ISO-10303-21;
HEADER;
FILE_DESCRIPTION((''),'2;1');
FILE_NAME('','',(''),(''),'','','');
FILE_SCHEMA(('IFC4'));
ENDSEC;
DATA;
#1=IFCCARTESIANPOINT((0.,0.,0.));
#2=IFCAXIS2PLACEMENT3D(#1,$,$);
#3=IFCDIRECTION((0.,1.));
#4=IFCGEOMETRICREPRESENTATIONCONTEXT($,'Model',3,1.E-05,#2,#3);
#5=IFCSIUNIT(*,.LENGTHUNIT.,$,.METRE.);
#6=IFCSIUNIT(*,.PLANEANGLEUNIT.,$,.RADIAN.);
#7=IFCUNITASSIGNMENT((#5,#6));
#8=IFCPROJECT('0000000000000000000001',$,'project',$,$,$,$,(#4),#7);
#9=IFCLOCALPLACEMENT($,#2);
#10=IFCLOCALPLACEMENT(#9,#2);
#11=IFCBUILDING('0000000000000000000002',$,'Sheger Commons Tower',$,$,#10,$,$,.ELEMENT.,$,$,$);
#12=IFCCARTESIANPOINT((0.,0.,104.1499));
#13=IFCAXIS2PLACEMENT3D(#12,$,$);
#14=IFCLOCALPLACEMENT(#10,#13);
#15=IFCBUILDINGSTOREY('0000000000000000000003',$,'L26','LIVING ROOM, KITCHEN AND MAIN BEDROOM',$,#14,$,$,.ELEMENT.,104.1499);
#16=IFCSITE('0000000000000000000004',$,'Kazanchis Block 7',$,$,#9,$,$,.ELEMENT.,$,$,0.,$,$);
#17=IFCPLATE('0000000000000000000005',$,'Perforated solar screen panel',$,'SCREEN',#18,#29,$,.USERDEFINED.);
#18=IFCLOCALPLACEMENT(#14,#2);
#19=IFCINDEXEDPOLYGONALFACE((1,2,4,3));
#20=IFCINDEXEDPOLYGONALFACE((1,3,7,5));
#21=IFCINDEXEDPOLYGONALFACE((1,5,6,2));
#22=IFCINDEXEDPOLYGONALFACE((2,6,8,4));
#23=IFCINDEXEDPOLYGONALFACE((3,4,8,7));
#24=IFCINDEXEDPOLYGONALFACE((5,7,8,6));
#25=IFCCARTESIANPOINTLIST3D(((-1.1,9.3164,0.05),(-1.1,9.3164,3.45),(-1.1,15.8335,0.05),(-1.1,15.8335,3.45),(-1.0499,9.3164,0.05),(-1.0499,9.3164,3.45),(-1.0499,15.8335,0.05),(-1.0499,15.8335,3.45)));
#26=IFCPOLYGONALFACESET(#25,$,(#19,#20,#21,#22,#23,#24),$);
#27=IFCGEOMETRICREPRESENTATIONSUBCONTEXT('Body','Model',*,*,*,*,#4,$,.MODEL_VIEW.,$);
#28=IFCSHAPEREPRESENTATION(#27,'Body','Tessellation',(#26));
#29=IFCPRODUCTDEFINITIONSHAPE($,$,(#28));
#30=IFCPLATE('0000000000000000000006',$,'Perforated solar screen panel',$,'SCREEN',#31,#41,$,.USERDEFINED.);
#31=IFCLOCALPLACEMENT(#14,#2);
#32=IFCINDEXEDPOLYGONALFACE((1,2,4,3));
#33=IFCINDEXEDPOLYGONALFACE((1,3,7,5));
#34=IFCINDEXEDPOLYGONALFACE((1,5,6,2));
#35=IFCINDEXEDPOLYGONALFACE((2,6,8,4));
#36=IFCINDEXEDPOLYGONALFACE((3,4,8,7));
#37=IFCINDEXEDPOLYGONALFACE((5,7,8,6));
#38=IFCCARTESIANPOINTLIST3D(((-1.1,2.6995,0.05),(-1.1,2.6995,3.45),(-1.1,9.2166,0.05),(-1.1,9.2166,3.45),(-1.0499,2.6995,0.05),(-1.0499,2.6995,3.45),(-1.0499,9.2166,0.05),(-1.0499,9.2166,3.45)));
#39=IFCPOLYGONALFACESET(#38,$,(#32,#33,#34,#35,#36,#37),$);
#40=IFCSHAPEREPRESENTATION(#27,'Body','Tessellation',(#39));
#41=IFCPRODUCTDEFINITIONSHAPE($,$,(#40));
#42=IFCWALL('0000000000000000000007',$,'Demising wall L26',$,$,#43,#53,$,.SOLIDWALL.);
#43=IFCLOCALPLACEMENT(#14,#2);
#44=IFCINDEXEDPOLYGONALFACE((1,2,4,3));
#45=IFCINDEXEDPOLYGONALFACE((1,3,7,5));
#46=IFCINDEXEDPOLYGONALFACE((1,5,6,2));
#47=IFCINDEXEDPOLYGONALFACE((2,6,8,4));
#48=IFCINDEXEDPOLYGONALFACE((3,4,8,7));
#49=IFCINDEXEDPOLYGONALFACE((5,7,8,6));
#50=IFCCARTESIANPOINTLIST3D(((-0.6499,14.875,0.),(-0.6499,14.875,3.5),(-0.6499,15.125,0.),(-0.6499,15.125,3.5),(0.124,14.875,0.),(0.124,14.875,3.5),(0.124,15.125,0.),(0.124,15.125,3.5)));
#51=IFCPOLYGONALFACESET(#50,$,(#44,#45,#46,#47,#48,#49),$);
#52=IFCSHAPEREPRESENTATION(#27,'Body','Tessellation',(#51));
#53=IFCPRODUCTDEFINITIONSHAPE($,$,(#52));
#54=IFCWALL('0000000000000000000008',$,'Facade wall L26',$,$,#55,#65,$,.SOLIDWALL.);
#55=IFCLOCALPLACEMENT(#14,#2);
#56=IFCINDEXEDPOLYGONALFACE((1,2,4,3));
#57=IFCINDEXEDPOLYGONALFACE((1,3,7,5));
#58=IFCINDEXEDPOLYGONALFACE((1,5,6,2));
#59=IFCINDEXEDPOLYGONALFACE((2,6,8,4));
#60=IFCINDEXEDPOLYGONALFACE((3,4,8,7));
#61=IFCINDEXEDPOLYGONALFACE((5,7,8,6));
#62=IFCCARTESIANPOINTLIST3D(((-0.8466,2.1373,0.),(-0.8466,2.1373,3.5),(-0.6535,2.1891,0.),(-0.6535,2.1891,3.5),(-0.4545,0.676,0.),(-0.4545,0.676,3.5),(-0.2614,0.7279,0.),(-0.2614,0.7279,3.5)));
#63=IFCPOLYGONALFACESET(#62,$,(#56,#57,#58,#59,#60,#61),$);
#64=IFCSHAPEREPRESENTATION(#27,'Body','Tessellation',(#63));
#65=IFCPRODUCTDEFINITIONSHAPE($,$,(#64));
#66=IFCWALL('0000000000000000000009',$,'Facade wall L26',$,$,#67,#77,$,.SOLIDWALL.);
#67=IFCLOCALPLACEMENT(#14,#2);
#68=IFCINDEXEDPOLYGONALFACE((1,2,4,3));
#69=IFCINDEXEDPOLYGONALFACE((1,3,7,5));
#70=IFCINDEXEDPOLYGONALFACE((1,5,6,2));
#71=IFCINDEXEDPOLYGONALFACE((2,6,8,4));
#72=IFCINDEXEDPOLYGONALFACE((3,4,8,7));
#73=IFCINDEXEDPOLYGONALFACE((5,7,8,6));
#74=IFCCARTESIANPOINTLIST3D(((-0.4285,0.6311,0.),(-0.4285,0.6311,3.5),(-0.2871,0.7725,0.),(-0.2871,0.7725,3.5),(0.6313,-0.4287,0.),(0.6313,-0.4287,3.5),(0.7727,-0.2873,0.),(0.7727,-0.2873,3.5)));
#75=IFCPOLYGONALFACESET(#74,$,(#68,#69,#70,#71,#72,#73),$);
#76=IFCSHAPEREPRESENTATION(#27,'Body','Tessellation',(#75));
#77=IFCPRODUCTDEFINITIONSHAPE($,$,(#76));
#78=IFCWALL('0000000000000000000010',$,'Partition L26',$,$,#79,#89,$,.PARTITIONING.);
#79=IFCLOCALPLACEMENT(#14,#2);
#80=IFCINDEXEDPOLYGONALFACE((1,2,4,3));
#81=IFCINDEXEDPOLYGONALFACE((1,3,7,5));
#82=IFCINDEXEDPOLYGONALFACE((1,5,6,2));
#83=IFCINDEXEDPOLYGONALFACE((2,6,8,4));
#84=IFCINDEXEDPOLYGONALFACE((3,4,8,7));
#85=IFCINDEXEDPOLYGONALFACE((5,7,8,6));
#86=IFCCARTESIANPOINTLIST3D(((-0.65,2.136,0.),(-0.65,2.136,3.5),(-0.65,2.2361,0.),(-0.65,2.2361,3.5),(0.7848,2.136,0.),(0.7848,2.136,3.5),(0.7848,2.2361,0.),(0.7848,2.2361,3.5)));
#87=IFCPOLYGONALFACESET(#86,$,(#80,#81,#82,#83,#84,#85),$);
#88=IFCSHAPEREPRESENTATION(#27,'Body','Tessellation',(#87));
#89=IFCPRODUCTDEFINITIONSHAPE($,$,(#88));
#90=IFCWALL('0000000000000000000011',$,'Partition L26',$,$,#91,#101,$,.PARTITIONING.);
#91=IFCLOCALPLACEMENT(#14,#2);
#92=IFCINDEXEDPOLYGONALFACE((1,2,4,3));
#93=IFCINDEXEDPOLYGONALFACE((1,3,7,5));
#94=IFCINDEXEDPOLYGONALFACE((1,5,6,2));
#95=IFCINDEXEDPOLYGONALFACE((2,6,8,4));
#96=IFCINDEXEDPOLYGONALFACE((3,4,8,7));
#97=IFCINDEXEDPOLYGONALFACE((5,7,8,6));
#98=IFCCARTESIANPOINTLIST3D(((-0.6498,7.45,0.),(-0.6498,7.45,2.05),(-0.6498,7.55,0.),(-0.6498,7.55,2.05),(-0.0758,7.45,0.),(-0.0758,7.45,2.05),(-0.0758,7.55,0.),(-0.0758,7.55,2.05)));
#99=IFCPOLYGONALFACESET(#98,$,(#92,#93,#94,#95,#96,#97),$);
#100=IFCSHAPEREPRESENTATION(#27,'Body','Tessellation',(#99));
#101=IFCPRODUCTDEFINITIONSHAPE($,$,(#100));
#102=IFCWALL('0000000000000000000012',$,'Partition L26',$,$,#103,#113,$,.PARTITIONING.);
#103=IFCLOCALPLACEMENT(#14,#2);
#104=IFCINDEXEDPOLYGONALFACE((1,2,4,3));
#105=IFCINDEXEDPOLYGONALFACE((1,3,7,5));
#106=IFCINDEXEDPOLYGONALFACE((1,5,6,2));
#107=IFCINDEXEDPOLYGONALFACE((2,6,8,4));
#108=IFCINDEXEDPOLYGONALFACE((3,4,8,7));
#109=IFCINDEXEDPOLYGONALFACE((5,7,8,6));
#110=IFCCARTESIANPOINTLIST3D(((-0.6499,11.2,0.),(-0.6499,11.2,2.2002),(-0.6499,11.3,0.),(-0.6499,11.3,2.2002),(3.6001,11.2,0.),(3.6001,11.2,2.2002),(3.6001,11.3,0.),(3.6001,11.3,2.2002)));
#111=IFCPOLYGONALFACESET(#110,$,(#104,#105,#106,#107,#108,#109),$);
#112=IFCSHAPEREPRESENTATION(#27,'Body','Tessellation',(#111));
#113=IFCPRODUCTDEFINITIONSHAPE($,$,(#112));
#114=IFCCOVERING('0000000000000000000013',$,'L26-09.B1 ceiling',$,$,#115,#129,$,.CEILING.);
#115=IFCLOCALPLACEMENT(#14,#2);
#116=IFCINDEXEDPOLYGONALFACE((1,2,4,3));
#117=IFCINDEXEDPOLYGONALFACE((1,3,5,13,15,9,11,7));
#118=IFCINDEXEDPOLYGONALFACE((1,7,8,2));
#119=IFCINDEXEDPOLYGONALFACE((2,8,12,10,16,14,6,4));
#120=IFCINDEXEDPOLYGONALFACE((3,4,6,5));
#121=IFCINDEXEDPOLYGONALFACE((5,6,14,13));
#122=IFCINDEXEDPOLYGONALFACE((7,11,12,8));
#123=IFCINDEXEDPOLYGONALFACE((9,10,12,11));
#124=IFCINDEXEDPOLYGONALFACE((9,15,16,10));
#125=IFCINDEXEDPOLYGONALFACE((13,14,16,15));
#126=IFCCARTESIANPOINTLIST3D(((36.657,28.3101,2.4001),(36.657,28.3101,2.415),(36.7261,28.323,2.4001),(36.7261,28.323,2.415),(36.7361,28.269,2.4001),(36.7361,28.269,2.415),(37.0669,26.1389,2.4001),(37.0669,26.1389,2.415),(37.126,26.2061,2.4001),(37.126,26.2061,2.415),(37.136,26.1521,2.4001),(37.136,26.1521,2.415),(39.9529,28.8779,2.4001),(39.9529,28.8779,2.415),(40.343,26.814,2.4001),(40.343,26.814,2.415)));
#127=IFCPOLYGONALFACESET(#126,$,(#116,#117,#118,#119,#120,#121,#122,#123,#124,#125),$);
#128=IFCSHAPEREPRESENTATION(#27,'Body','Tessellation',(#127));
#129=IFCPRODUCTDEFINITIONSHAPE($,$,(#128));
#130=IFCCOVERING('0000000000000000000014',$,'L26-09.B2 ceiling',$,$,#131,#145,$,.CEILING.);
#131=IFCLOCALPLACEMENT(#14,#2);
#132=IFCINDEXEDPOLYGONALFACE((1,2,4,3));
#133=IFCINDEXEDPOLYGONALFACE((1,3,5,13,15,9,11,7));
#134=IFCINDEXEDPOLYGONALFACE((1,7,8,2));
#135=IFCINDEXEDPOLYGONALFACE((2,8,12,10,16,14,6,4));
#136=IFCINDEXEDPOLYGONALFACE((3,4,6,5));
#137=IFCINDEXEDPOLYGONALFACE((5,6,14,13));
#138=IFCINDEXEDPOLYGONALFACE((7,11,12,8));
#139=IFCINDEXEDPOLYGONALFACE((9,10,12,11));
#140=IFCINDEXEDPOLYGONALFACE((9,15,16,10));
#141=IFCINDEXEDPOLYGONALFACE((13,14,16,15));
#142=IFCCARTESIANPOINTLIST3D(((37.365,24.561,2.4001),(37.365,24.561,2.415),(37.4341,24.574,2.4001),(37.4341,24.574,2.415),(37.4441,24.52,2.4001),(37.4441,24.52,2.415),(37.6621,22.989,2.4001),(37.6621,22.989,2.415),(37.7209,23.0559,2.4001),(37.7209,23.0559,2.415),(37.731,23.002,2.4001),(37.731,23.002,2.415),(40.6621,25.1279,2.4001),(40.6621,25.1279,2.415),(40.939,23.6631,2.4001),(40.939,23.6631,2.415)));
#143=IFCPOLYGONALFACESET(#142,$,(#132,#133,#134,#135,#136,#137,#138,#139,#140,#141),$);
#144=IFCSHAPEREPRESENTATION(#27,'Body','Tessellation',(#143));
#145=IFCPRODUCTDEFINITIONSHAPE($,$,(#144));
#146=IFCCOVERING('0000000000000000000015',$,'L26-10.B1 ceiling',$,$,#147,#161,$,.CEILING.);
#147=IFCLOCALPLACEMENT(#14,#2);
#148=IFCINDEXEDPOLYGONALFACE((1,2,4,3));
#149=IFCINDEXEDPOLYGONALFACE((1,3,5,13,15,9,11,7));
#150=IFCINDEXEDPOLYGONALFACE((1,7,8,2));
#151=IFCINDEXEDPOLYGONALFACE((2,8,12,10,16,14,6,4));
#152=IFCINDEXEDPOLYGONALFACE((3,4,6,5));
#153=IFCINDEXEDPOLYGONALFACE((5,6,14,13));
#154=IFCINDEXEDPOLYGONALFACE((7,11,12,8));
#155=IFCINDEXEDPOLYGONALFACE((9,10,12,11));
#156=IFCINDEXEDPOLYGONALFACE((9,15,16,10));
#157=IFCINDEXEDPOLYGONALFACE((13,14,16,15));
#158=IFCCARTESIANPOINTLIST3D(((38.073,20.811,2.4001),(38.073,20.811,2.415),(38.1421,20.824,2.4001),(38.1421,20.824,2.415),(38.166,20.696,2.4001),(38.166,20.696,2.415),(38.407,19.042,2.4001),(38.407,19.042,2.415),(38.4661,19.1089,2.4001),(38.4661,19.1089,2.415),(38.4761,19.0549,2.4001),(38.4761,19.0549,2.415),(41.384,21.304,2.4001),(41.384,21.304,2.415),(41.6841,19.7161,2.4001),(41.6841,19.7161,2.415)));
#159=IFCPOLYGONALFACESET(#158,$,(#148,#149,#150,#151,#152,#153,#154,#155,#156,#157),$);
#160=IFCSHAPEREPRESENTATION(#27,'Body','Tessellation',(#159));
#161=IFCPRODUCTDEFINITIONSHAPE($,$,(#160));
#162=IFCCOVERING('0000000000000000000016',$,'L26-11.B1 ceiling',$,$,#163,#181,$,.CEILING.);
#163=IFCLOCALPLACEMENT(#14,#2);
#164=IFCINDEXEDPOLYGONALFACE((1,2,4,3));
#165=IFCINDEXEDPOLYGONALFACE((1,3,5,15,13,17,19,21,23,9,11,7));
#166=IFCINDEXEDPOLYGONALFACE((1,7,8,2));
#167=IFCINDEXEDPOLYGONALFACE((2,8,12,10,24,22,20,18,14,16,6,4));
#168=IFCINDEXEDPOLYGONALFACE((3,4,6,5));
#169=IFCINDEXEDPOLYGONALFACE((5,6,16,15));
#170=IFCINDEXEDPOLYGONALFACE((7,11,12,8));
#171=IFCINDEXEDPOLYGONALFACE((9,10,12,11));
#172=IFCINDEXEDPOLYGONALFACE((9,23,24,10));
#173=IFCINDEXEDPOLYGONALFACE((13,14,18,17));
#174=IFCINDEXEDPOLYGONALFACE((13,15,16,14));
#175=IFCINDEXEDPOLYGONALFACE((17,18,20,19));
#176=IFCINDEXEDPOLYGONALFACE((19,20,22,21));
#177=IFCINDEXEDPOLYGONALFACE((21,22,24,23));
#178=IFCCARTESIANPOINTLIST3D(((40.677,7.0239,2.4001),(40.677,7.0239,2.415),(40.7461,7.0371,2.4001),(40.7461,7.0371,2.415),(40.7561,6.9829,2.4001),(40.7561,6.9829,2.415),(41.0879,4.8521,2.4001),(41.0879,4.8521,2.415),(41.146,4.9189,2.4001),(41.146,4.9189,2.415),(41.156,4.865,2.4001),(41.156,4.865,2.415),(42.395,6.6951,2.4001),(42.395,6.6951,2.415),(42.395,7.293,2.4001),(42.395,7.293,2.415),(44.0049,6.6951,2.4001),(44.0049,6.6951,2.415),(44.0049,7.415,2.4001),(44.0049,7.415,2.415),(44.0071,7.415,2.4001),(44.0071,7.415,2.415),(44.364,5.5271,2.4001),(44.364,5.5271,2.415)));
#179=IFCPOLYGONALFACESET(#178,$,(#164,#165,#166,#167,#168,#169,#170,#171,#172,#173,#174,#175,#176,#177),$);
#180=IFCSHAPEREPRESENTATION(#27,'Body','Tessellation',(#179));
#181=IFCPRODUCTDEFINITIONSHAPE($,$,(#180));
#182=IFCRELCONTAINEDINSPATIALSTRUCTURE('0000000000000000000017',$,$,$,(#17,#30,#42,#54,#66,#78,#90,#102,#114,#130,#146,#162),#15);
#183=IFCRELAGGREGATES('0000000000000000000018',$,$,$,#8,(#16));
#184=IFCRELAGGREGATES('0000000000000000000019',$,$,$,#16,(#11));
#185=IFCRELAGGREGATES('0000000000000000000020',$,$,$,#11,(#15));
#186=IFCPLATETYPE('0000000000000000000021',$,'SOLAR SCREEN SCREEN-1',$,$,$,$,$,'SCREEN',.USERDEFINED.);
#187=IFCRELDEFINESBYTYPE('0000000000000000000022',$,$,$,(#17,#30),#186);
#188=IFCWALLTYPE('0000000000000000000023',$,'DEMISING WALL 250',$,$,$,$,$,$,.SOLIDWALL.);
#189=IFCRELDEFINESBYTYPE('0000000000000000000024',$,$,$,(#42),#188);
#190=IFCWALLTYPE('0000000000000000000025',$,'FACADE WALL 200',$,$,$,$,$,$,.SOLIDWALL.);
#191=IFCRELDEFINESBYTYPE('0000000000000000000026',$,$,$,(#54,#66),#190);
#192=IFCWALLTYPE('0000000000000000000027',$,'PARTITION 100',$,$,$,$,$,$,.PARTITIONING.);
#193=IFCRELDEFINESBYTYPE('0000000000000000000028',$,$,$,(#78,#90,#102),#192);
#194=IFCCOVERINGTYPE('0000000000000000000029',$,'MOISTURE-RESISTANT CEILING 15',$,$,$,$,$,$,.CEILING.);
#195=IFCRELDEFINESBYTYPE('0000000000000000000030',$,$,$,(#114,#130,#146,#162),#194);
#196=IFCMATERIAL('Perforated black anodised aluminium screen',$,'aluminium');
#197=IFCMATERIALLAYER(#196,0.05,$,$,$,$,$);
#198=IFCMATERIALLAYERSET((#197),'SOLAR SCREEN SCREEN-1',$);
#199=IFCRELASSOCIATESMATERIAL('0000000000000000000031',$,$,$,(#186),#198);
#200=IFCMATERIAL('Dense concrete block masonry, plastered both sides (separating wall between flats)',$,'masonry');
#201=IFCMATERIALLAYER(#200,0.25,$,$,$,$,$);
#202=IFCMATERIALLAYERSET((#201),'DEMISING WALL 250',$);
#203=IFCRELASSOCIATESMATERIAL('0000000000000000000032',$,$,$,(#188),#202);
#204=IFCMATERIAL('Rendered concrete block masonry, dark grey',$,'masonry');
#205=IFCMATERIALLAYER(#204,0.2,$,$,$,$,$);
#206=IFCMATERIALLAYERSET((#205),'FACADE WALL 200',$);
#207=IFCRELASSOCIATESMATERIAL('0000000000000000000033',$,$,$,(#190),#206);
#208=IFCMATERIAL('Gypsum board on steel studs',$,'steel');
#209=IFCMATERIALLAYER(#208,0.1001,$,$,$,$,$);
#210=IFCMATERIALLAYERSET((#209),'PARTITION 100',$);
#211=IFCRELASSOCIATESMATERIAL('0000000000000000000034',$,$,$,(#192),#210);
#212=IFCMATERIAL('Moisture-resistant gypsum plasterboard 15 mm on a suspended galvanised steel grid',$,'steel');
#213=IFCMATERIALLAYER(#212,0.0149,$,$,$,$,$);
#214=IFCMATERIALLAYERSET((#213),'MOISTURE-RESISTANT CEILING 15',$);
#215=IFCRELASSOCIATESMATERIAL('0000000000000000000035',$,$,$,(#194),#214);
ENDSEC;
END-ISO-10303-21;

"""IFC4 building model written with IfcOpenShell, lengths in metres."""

from ifc_helpers import new_model, si_unit, direction, frame, frame_2d, origin, origin_2d, place, context, subcontext, project, spatial, polyline, rectangle, outline, extrude, material, layer, layer_set, type_object, element, save


model = new_model("IFC4")

# Units and contexts
model_context = context("Model", 3, precision=1e-05, world=origin(), true_north=direction((0.0, 1.0)))
body_context = subcontext(model_context, "Body", "Model", "MODEL_VIEW")
ifc_project = project(units=[si_unit("LENGTHUNIT", "METRE"), si_unit("PLANEANGLEUNIT", "RADIAN")], contexts=[model_context])

# Site, building, storey
site_placement = place(None, origin())
site = spatial("IfcSite", under=ifc_project, at=site_placement, Name="Kazanchis Block 7", CompositionType="ELEMENT", RefElevation=0.0)
building_placement = place(site_placement, origin())
building = spatial("IfcBuilding", under=site, at=building_placement, Name="Sheger Commons Tower", CompositionType="ELEMENT")
storey_placement = place(building_placement, frame((0.0, 0.0, 104.1499)))
storey = spatial("IfcBuildingStorey", under=building, at=storey_placement, Name="L26", Description="LIVING ROOM, KITCHEN AND MAIN BEDROOM", CompositionType="ELEMENT", Elevation=104.1499)

# Plates
ifc_material_1 = material(Name="Perforated black anodised aluminium screen", Category="aluminium")
ifc_layer_1 = layer(ifc_material_1, 0.05)
ifc_layer_set_1 = layer_set([ifc_layer_1], Name="SOLAR SCREEN SCREEN-1")
plate_type = type_object("IfcPlateType", Name="SOLAR SCREEN SCREEN-1", ElementType="SCREEN", PredefinedType="USERDEFINED", material=ifc_layer_set_1)
for number, where, z_axis, x_axis, name in (
    (1, (-1.075, 12.575, 0.05), (0.0, 0.0, 1.0), (0.0, -1.0, 0.0), "Perforated solar screen panel"),
    (2, (-1.075, 5.958, 0.05), (0.0, 0.0, 1.0), (0.0, -1.0, 0.0), "Perforated solar screen panel"),
):
    element("IfcPlate", number, at=place(storey_placement, frame(where, z_axis=z_axis, x_axis=x_axis)), inside=storey, type_object=plate_type, Name=name, ObjectType="SCREEN", PredefinedType="USERDEFINED", context=body_context, shape_type="SweptSolid", body=[
        extrude(rectangle(XDim=6.5171, YDim=0.05, at=origin_2d()), origin(), (0.0, 0.0, 1.0), 3.3999),
    ])

# Walls
ifc_material_2 = material(Name="Dense concrete block masonry, plastered both sides (separating wall between flats)", Category="masonry")
ifc_layer_2 = layer(ifc_material_2, 0.25)
ifc_layer_set_2 = layer_set([ifc_layer_2], Name="DEMISING WALL 250")
wall_type_1 = type_object("IfcWallType", Name="DEMISING WALL 250", PredefinedType="SOLIDWALL", material=ifc_layer_set_2)
wall_1_placement = place(storey_placement, frame((-0.6499, 15.0, 0.0), z_axis=(0.0, 0.0, 1.0), x_axis=(1.0, 0.0, 0.0)))
element("IfcWall", 3, at=wall_1_placement, inside=storey, type_object=wall_type_1, Name="Demising wall L26", PredefinedType="SOLIDWALL", context=body_context, shape_type="SweptSolid", body=[
    extrude(rectangle(XDim=0.7739, YDim=0.25, at=frame_2d((0.387, 0.0))), origin(), (0.0, 0.0, 1.0), 3.5),
])
ifc_material_3 = material(Name="Rendered concrete block masonry, dark grey", Category="masonry")
ifc_layer_3 = layer(ifc_material_3, 0.2)
ifc_layer_set_3 = layer_set([ifc_layer_3], Name="FACADE WALL 200")
wall_type_2 = type_object("IfcWallType", Name="FACADE WALL 200", PredefinedType="SOLIDWALL", material=ifc_layer_set_3)
wall_2_placement = place(storey_placement, frame((-0.75, 2.1631, 0.0), z_axis=(0.0, 0.0, 1.0), x_axis=(0.259169, -0.965832, 0.0)))
element("IfcWall", 4, at=wall_2_placement, inside=storey, type_object=wall_type_2, Name="Facade wall L26", PredefinedType="SOLIDWALL", context=body_context, shape_type="SweptSolid", body=[
    extrude(rectangle(XDim=1.5129, YDim=0.2, at=frame_2d((0.7563, 0.0))), origin(), (0.0, 0.0, 1.0), 3.5),
])
wall_3_placement = place(storey_placement, frame((-0.3579, 0.7019, 0.0), z_axis=(0.0, 0.0, 1.0), x_axis=(0.707107, -0.707107, 0.0)))
element("IfcWall", 5, at=wall_3_placement, inside=storey, type_object=wall_type_2, Name="Facade wall L26", PredefinedType="SOLIDWALL", context=body_context, shape_type="SweptSolid", body=[
    extrude(rectangle(XDim=1.4988, YDim=0.2, at=frame_2d((0.7495, 0.0))), origin(), (0.0, 0.0, 1.0), 3.5),
])
ifc_material_4 = material(Name="Gypsum board on steel studs", Category="steel")
ifc_layer_4 = layer(ifc_material_4, 0.1001)
ifc_layer_set_4 = layer_set([ifc_layer_4], Name="PARTITION 100")
wall_type_3 = type_object("IfcWallType", Name="PARTITION 100", PredefinedType="PARTITIONING", material=ifc_layer_set_4)
wall_4_placement = place(storey_placement, frame((-0.6499, 2.186, 0.0), z_axis=(0.0, 0.0, 1.0), x_axis=(1.0, 0.0, 0.0)))
element("IfcWall", 6, at=wall_4_placement, inside=storey, type_object=wall_type_3, Name="Partition L26", PredefinedType="PARTITIONING", context=body_context, shape_type="SweptSolid", body=[
    extrude(rectangle(XDim=1.4348, YDim=0.1001, at=frame_2d((0.7173, 0.0))), origin(), (0.0, 0.0, 1.0), 3.5),
])
wall_5_placement = place(storey_placement, frame((-0.6499, 7.5, 0.0), z_axis=(0.0, 0.0, 1.0), x_axis=(1.0, 0.0, 0.0)))
element("IfcWall", 7, at=wall_5_placement, inside=storey, type_object=wall_type_3, Name="Partition L26", PredefinedType="PARTITIONING", context=body_context, shape_type="SweptSolid", body=[
    extrude(rectangle(XDim=0.574, YDim=0.1001, at=frame_2d((0.2871, 0.0))), origin(), (0.0, 0.0, 1.0), 2.05),
])
wall_6_placement = place(storey_placement, frame((-0.6499, 11.25, 0.0), z_axis=(0.0, 0.0, 1.0), x_axis=(1.0, 0.0, 0.0)))
element("IfcWall", 8, at=wall_6_placement, inside=storey, type_object=wall_type_3, Name="Partition L26", PredefinedType="PARTITIONING", context=body_context, shape_type="SweptSolid", body=[
    extrude(rectangle(XDim=4.25, YDim=0.1001, at=frame_2d((2.125, 0.0))), origin(), (0.0, 0.0, 1.0), 2.2002),
])

# Coverings
ifc_material_5 = material(Name="Moisture-resistant gypsum plasterboard 15 mm on a suspended galvanised steel grid", Category="steel")
ifc_layer_5 = layer(ifc_material_5, 0.0149)
ifc_layer_set_5 = layer_set([ifc_layer_5], Name="MOISTURE-RESISTANT CEILING 15")
covering_type_1 = type_object("IfcCoveringType", Name="MOISTURE-RESISTANT CEILING 15", PredefinedType="CEILING", material=ifc_layer_set_5)
covering_1_placement = place(storey_placement, frame((0.0, 0.0, 2.4001)))
element("IfcCovering", 9, at=covering_1_placement, inside=storey, type_object=covering_type_1, Name="L26-09.B1 ceiling", PredefinedType="CEILING", context=body_context, shape_type="SweptSolid", body=[
    extrude(outline(polyline([(37.0669, 26.1389), (37.136, 26.1521), (37.126, 26.2061), (40.343, 26.814), (39.9529, 28.8779), (36.7361, 28.269), (36.7261, 28.323), (36.657, 28.3101), (37.0669, 26.1389)])), origin(), (0.0, 0.0, 1.0), 0.0149),
])
covering_2_placement = place(storey_placement, frame((0.0, 0.0, 2.4001)))
element("IfcCovering", 10, at=covering_2_placement, inside=storey, type_object=covering_type_1, Name="L26-09.B2 ceiling", PredefinedType="CEILING", context=body_context, shape_type="SweptSolid", body=[
    extrude(outline(polyline([(37.6621, 22.989), (37.731, 23.002), (37.7209, 23.0559), (40.939, 23.6631), (40.6621, 25.1279), (37.4441, 24.52), (37.4341, 24.574), (37.365, 24.561), (37.6621, 22.989)])), origin(), (0.0, 0.0, 1.0), 0.0149),
])
covering_3_placement = place(storey_placement, frame((0.0, 0.0, 2.4001)))
element("IfcCovering", 11, at=covering_3_placement, inside=storey, type_object=covering_type_1, Name="L26-10.B1 ceiling", PredefinedType="CEILING", context=body_context, shape_type="SweptSolid", body=[
    extrude(outline(polyline([(38.407, 19.042), (38.4761, 19.0549), (38.4661, 19.1089), (41.6841, 19.7161), (41.384, 21.304), (38.166, 20.696), (38.1421, 20.824), (38.073, 20.811), (38.407, 19.042)])), origin(), (0.0, 0.0, 1.0), 0.0149),
])
covering_4_placement = place(storey_placement, frame((0.0, 0.0, 2.4001)))
element("IfcCovering", 12, at=covering_4_placement, inside=storey, type_object=covering_type_1, Name="L26-11.B1 ceiling", PredefinedType="CEILING", context=body_context, shape_type="SweptSolid", body=[
    extrude(outline(polyline([(41.0879, 4.8521), (41.156, 4.865), (41.146, 4.9189), (44.364, 5.5271), (44.0071, 7.415), (44.0049, 7.415), (44.0049, 6.6951), (42.395, 6.6951), (42.395, 7.293), (40.7561, 6.9829), (40.7461, 7.0371), (40.677, 7.0239), (41.0879, 4.8521)])), origin(), (0.0, 0.0, 1.0), 0.0149),
])

save(model, "model.ifc")
